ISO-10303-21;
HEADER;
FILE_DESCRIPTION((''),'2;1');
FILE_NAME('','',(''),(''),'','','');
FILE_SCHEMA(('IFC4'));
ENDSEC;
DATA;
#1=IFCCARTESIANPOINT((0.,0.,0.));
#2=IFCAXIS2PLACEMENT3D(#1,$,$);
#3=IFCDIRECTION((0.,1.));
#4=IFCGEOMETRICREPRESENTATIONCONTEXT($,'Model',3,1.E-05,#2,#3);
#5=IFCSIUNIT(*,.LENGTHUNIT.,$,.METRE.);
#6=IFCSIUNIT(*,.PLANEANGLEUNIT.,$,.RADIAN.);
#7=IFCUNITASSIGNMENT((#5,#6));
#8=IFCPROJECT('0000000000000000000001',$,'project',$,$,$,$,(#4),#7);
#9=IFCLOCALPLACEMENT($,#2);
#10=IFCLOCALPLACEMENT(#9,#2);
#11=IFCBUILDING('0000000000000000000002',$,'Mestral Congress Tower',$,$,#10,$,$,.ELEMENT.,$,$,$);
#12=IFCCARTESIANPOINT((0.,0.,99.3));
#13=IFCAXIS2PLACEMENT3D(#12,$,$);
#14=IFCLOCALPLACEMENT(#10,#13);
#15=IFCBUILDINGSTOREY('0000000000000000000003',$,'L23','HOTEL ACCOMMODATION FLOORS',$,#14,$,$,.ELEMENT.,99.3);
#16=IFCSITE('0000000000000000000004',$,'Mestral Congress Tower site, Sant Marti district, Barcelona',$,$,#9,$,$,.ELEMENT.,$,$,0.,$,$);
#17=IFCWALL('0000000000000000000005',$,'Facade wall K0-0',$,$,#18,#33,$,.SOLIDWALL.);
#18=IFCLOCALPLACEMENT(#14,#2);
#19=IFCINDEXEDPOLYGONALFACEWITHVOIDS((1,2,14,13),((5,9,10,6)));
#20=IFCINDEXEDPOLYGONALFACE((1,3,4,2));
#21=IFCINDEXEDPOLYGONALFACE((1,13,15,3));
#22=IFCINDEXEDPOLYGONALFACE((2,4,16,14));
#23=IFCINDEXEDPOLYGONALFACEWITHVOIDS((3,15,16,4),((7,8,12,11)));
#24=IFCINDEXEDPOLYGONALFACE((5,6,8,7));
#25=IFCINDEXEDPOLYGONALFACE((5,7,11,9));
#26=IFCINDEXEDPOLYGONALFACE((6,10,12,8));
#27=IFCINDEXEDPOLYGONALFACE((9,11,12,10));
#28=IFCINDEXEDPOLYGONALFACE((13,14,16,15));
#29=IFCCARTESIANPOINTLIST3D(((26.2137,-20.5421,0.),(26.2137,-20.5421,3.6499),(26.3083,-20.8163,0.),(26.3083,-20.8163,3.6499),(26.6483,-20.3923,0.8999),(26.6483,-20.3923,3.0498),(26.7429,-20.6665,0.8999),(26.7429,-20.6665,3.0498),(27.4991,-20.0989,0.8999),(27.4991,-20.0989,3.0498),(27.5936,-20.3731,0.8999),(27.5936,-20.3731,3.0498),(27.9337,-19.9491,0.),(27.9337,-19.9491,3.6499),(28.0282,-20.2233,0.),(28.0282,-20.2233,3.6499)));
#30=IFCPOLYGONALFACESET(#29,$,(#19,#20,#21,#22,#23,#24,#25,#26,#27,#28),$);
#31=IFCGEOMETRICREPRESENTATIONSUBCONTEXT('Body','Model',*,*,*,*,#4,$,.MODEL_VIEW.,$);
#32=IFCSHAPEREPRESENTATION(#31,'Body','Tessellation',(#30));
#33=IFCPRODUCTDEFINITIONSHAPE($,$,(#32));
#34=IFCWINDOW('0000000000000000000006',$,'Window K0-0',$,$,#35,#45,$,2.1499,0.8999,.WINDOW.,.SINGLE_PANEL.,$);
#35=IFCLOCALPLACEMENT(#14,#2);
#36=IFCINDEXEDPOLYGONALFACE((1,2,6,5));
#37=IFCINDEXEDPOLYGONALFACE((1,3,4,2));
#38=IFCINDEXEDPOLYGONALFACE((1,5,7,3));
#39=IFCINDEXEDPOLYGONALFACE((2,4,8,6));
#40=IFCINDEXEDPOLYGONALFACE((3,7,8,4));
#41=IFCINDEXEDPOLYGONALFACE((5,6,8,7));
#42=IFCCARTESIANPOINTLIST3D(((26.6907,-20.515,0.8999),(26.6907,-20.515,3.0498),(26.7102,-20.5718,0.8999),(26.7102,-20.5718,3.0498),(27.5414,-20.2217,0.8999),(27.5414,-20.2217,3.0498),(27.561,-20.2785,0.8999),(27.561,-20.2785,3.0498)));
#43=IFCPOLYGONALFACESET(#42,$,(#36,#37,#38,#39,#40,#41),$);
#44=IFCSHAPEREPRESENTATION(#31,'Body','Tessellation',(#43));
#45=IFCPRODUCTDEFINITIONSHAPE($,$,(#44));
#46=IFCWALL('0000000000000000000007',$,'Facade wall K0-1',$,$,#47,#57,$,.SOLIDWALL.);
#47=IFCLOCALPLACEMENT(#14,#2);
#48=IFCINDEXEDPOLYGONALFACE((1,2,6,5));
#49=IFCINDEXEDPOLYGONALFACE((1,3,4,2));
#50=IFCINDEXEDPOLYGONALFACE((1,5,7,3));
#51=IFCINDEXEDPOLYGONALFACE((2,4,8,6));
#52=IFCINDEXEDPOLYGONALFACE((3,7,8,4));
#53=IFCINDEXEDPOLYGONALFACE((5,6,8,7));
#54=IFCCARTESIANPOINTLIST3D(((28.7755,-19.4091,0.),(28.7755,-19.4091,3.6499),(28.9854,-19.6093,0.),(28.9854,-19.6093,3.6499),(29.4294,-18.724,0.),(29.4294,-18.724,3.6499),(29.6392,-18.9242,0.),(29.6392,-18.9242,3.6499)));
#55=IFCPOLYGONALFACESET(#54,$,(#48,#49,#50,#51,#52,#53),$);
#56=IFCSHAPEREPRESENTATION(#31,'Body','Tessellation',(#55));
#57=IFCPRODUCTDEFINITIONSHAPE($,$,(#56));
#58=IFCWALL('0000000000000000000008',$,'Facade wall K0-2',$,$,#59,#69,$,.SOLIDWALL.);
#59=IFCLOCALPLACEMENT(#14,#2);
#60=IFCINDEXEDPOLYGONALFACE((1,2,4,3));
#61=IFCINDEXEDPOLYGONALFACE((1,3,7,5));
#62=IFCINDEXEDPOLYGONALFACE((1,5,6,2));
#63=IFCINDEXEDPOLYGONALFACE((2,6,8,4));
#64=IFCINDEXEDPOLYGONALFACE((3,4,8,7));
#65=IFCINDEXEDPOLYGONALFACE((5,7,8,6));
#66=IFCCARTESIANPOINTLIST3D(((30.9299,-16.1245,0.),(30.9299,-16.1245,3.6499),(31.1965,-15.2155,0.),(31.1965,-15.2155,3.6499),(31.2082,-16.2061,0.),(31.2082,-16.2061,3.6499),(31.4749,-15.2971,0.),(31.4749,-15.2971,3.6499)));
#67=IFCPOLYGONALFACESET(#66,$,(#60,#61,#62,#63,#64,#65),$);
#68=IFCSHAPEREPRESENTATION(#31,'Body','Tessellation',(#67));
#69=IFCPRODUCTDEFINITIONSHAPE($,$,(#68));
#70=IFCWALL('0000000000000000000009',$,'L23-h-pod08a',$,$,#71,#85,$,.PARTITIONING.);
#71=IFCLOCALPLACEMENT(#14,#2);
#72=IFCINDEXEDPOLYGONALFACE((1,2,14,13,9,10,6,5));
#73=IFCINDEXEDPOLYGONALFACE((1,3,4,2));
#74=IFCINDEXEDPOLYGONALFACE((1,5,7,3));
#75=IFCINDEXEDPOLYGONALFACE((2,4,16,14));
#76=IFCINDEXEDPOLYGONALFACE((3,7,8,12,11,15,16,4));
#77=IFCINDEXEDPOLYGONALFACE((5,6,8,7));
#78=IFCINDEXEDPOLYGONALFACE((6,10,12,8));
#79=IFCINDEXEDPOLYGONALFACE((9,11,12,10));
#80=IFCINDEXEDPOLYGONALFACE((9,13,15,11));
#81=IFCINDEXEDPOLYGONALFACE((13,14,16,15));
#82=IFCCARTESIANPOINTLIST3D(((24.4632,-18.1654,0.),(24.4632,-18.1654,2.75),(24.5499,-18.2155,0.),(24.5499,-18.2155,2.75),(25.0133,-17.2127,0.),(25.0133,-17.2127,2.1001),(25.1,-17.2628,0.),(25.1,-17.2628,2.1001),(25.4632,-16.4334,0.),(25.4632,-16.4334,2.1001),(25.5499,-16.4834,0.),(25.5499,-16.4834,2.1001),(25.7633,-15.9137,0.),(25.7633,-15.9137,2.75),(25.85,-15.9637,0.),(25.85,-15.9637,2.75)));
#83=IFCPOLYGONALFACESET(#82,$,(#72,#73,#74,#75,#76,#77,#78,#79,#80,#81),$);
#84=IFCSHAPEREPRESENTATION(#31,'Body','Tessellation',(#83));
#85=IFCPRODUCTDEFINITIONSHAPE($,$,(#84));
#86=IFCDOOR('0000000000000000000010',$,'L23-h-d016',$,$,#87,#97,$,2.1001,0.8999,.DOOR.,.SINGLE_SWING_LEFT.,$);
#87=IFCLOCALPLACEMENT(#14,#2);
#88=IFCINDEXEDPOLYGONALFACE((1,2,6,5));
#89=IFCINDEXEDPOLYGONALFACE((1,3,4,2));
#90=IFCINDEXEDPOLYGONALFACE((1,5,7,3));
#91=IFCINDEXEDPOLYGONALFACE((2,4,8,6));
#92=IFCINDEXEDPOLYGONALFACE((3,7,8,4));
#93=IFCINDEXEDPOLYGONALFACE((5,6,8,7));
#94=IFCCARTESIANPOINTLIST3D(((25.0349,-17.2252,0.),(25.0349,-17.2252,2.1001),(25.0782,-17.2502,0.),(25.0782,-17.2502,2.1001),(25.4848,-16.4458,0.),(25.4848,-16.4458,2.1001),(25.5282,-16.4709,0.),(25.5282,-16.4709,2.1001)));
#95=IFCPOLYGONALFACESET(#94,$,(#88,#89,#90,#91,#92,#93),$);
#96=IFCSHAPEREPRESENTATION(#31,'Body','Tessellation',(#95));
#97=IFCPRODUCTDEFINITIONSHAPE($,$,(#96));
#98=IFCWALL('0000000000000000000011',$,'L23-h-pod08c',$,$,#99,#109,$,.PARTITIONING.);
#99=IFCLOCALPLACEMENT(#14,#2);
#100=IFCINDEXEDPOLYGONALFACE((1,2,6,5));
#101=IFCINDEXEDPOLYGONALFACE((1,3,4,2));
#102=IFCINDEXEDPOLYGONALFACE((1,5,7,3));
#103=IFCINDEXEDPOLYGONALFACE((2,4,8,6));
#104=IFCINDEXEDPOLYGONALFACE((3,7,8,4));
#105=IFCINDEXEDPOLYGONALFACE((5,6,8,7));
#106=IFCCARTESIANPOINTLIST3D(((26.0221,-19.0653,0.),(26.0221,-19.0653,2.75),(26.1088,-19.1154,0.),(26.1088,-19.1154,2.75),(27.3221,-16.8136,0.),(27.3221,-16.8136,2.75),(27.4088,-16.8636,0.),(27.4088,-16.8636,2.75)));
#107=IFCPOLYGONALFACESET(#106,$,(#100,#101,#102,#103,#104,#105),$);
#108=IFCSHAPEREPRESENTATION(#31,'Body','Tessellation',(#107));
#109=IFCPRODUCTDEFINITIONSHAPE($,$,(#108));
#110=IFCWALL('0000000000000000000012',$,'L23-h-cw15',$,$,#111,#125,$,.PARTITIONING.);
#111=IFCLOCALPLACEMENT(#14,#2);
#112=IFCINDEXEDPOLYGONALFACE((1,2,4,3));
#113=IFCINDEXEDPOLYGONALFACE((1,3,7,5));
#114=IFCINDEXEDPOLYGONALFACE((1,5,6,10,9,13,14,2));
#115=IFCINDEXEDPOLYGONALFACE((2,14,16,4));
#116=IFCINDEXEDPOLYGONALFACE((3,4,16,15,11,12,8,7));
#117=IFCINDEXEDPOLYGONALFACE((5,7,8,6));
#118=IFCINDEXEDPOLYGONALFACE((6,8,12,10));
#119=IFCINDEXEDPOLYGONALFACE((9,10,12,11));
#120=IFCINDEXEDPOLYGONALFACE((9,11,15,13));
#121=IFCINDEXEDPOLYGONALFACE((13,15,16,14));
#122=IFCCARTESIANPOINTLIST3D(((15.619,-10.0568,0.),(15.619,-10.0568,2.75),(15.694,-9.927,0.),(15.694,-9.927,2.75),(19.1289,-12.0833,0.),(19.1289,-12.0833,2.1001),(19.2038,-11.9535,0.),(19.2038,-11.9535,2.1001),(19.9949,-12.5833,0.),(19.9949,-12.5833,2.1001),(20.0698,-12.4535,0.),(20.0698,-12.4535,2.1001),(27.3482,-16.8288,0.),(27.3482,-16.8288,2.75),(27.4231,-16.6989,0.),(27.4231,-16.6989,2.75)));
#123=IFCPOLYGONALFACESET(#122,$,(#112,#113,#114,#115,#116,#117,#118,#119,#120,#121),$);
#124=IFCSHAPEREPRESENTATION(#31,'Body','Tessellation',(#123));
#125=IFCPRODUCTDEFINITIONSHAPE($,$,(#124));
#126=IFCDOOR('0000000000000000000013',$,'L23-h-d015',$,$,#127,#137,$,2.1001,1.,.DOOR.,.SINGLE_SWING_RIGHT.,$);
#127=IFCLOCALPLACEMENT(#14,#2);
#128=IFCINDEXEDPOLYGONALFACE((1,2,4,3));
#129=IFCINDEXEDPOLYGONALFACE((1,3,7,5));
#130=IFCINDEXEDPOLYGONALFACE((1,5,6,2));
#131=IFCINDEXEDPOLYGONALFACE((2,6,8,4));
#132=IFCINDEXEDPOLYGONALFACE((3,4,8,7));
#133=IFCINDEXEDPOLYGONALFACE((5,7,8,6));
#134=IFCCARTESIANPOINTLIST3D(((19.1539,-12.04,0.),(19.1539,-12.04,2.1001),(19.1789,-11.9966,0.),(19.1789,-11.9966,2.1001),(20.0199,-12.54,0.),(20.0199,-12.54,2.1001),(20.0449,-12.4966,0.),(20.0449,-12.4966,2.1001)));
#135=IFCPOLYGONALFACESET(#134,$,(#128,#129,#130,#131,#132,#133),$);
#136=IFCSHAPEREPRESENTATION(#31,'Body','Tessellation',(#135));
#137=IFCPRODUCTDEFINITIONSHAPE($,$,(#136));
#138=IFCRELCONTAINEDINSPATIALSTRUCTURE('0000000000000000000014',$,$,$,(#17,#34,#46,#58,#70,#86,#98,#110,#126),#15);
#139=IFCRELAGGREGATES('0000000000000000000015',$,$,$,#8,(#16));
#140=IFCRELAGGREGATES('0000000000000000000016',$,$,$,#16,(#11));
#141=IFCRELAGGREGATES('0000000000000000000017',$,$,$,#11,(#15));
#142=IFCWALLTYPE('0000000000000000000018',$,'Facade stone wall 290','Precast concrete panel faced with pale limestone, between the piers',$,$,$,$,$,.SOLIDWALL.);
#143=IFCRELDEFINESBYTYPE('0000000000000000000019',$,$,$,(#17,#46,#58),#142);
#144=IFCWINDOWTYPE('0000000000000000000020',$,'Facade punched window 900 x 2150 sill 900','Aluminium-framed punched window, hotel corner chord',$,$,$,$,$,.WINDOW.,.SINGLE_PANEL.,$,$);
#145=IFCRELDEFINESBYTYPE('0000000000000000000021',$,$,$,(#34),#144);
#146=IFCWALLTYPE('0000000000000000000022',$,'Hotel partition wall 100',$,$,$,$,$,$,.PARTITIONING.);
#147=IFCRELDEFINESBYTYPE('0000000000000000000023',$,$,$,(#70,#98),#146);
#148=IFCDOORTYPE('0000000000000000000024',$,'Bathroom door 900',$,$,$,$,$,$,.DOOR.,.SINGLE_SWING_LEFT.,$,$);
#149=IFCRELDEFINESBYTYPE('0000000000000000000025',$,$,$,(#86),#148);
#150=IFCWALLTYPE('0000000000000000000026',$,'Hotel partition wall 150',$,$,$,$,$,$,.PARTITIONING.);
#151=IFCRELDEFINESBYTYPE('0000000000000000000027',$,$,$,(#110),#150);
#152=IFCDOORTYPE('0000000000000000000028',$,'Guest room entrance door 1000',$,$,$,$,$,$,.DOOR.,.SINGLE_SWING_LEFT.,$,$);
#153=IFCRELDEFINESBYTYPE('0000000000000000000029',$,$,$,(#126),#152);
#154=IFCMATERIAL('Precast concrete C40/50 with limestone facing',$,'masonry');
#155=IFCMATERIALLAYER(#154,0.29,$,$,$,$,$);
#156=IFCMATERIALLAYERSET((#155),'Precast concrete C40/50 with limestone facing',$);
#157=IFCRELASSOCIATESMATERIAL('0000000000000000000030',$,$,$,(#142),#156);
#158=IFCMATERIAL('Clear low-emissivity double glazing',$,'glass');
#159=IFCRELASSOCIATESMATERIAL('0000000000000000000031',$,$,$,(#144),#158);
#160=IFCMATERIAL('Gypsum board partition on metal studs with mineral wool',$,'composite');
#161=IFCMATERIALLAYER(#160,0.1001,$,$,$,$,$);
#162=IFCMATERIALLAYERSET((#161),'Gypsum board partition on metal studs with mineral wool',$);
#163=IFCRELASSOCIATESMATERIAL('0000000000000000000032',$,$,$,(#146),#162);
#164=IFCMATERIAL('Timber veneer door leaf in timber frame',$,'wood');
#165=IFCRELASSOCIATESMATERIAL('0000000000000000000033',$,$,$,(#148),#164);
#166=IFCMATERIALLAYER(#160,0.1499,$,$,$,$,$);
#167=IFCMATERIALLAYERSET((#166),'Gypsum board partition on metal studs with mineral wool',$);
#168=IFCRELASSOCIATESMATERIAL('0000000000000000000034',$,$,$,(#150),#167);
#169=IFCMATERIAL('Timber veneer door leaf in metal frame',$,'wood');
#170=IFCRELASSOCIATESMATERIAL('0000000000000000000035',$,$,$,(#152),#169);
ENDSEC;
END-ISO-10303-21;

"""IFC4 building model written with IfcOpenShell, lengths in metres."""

from ifc_helpers import new_model, si_unit, direction, frame, frame_2d, origin, place, context, subcontext, project, spatial, rectangle, extrude, material, layer, layer_set, type_object, element, fill, save


model = new_model("IFC4")

# Units and contexts
model_context = context("Model", 3, precision=1e-05, world=origin(), true_north=direction((0.0, 1.0)))
body_context = subcontext(model_context, "Body", "Model", "MODEL_VIEW")
ifc_project = project(units=[si_unit("LENGTHUNIT", "METRE"), si_unit("PLANEANGLEUNIT", "RADIAN")], contexts=[model_context])

# Site, building, storey
site_placement = place(None, origin())
site = spatial("IfcSite", under=ifc_project, at=site_placement, Name="Mestral Congress Tower site, Sant Marti district, Barcelona", CompositionType="ELEMENT", RefElevation=0.0)
building_placement = place(site_placement, origin())
building = spatial("IfcBuilding", under=site, at=building_placement, Name="Mestral Congress Tower", CompositionType="ELEMENT")
storey_placement = place(building_placement, frame((0.0, 0.0, 99.3)))
storey = spatial("IfcBuildingStorey", under=building, at=storey_placement, Name="L23", Description="HOTEL ACCOMMODATION FLOORS", CompositionType="ELEMENT", Elevation=99.3)

# Wall, opening, window
ifc_material_1 = material(Name="Precast concrete C40/50 with limestone facing", Category="masonry")
ifc_layer_1 = layer(ifc_material_1, 0.29)
ifc_layer_set_1 = layer_set([ifc_layer_1], Name="Precast concrete C40/50 with limestone facing")
wall_type_1 = type_object("IfcWallType", Name="Facade stone wall 290", Description="Precast concrete panel faced with pale limestone, between the piers", PredefinedType="SOLIDWALL", material=ifc_layer_set_1)
wall_1_placement = place(storey_placement, frame((26.261, -20.6792, 0.0), z_axis=(0.0, 0.0, 1.0), x_axis=(0.945386, 0.325953, 0.0)))
wall_1 = element("IfcWall", 1, at=wall_1_placement, inside=storey, type_object=wall_type_1, Name="Facade wall K0-0", PredefinedType="SOLIDWALL", context=body_context, shape_type="SweptSolid", body=[
    extrude(rectangle(XDim=1.8193, YDim=0.29, at=frame_2d((0.9097, 0.0))), origin(), (0.0, 0.0, 1.0), 3.6499),
])
opening_1_placement = place(wall_1_placement, frame((0.4597, 0.0, 0.8999)))
opening_1 = element("IfcOpeningElement", 2, at=opening_1_placement, cuts=wall_1, PredefinedType="OPENING", context=body_context, shape_type="SweptSolid", body=[
    extrude(rectangle(XDim=0.8999, YDim=2.1499, at=frame_2d((0.45, 1.075))), frame((0.0, 0.155, 0.0), z_axis=(0.0, -1.0, 0.0), x_axis=(1.0, 0.0, 0.0)), (0.0, 0.0, 1.0), 0.3101),
])
ifc_material_2 = material(Name="Clear low-emissivity double glazing", Category="glass")
window_type = type_object("IfcWindowType", Name="Facade punched window 900 x 2150 sill 900", Description="Aluminium-framed punched window, hotel corner chord", PartitioningType="SINGLE_PANEL", PredefinedType="WINDOW", material=ifc_material_2)
window_placement = place(opening_1_placement, origin())
window = element("IfcWindow", 3, at=window_placement, inside=storey, type_object=window_type, Name="Window K0-0", OverallHeight=2.1499, OverallWidth=0.8999, PartitioningType="SINGLE_PANEL", PredefinedType="WINDOW", context=body_context, shape_type="SweptSolid", body=[
    extrude(rectangle(XDim=0.8999, YDim=2.1499, at=frame_2d((0.45, 1.075))), frame((0.0, 0.0151, 0.0), z_axis=(0.0, -1.0, 0.0), x_axis=(1.0, 0.0, 0.0)), (0.0, 0.0, 1.0), 0.0601),
])
fill(opening_1, window)

# Walls
wall_2_placement = place(storey_placement, frame((28.8804, -19.5093, 0.0), z_axis=(0.0, 0.0, 1.0), x_axis=(0.690414, 0.723414, 0.0)))
element("IfcWall", 4, at=wall_2_placement, inside=storey, type_object=wall_type_1, Name="Facade wall K0-1", PredefinedType="SOLIDWALL", context=body_context, shape_type="SweptSolid", body=[
    extrude(rectangle(XDim=0.947, YDim=0.29, at=frame_2d((0.4736, 0.0))), origin(), (0.0, 0.0, 1.0), 3.6499),
])
wall_3_placement = place(storey_placement, frame((31.0691, -16.1653, 0.0), z_axis=(0.0, 0.0, 1.0), x_axis=(0.281455, 0.959575, 0.0)))
element("IfcWall", 5, at=wall_3_placement, inside=storey, type_object=wall_type_1, Name="Facade wall K0-2", PredefinedType="SOLIDWALL", context=body_context, shape_type="SweptSolid", body=[
    extrude(rectangle(XDim=0.9473, YDim=0.29, at=frame_2d((0.4736, 0.0))), origin(), (0.0, 0.0, 1.0), 3.6499),
])

# Wall, opening, door
ifc_material_3 = material(Name="Gypsum board partition on metal studs with mineral wool", Category="composite")
ifc_layer_2 = layer(ifc_material_3, 0.1001)
ifc_layer_set_2 = layer_set([ifc_layer_2], Name="Gypsum board partition on metal studs with mineral wool")
wall_type_2 = type_object("IfcWallType", Name="Hotel partition wall 100", PredefinedType="PARTITIONING", material=ifc_layer_set_2)
wall_4_placement = place(storey_placement, frame((25.8066, -15.9387, 0.0), z_axis=(0.0, 0.0, 1.0), x_axis=(-0.500007, -0.866021, 0.0)))
wall_4 = element("IfcWall", 6, at=wall_4_placement, inside=storey, type_object=wall_type_2, Name="L23-h-pod08a", PredefinedType="PARTITIONING", context=body_context, shape_type="SweptSolid", body=[
    extrude(rectangle(XDim=2.6001, YDim=0.1001, at=frame_2d((1.3, 0.0))), origin(), (0.0, 0.0, 1.0), 2.75),
])
opening_2_placement = place(wall_4_placement, frame((0.6001, 0.0, 0.0)))
opening_2 = element("IfcOpeningElement", 7, at=opening_2_placement, cuts=wall_4, PredefinedType="OPENING", context=body_context, shape_type="SweptSolid", body=[
    extrude(rectangle(XDim=0.8999, YDim=2.1001, at=frame_2d((0.45, 1.05))), frame((0.0, 0.0601, 0.0), z_axis=(0.0, -1.0, 0.0), x_axis=(1.0, 0.0, 0.0)), (0.0, 0.0, 1.0), 0.1201),
])
ifc_material_4 = material(Name="Timber veneer door leaf in timber frame", Category="wood")
door_type_1 = type_object("IfcDoorType", Name="Bathroom door 900", OperationType="SINGLE_SWING_LEFT", PredefinedType="DOOR", material=ifc_material_4)
door_1_placement = place(opening_2_placement, origin())
door_1 = element("IfcDoor", 8, at=door_1_placement, inside=storey, type_object=door_type_1, Name="L23-h-d016", OperationType="SINGLE_SWING_LEFT", OverallHeight=2.1001, OverallWidth=0.8999, PredefinedType="DOOR", context=body_context, shape_type="SweptSolid", body=[
    extrude(rectangle(XDim=0.8999, YDim=2.1001, at=frame_2d((0.45, 1.05))), frame((0.0, 0.0249, 0.0), z_axis=(0.0, -1.0, 0.0), x_axis=(1.0, 0.0, 0.0)), (0.0, 0.0, 1.0), 0.05),
])
fill(opening_2, door_1)

# Wall
wall_5_placement = place(storey_placement, frame((27.3655, -16.8386, 0.0), z_axis=(0.0, 0.0, 1.0), x_axis=(-0.500007, -0.866021, 0.0)))
element("IfcWall", 9, at=wall_5_placement, inside=storey, type_object=wall_type_2, Name="L23-h-pod08c", PredefinedType="PARTITIONING", context=body_context, shape_type="SweptSolid", body=[
    extrude(rectangle(XDim=2.6001, YDim=0.1001, at=frame_2d((1.3, 0.0))), origin(), (0.0, 0.0, 1.0), 2.75),
])

# Wall, opening, door
ifc_layer_3 = layer(ifc_material_3, 0.1499)
ifc_layer_set_3 = layer_set([ifc_layer_3], Name="Gypsum board partition on metal studs with mineral wool")
wall_type_3 = type_object("IfcWallType", Name="Hotel partition wall 150", PredefinedType="PARTITIONING", material=ifc_layer_set_3)
wall_6_placement = place(storey_placement, frame((27.3857, -16.7639, 0.0), z_axis=(0.0, 0.0, 1.0), x_axis=(-0.866023, 0.500005, 0.0)))
wall_6 = element("IfcWall", 10, at=wall_6_placement, inside=storey, type_object=wall_type_3, Name="L23-h-cw15", PredefinedType="PARTITIONING", context=body_context, shape_type="SweptSolid", body=[
    extrude(rectangle(XDim=13.5437, YDim=0.1499, at=frame_2d((6.772, 0.0))), origin(), (0.0, 0.0, 1.0), 2.75),
])
opening_3_placement = place(wall_6_placement, frame((8.491, 0.0, 0.0)))
opening_3 = element("IfcOpeningElement", 11, at=opening_3_placement, cuts=wall_6, PredefinedType="OPENING", context=body_context, shape_type="SweptSolid", body=[
    extrude(rectangle(XDim=1.0, YDim=2.1001, at=frame_2d((0.5, 1.05))), frame((0.0, 0.085, 0.0), z_axis=(0.0, -1.0, 0.0), x_axis=(1.0, 0.0, 0.0)), (0.0, 0.0, 1.0), 0.1699),
])
ifc_material_5 = material(Name="Timber veneer door leaf in metal frame", Category="wood")
door_type_2 = type_object("IfcDoorType", Name="Guest room entrance door 1000", OperationType="SINGLE_SWING_LEFT", PredefinedType="DOOR", material=ifc_material_5)
door_2_placement = place(opening_3_placement, origin())
door_2 = element("IfcDoor", 12, at=door_2_placement, inside=storey, type_object=door_type_2, Name="L23-h-d015", OperationType="SINGLE_SWING_RIGHT", OverallHeight=2.1001, OverallWidth=1.0, PredefinedType="DOOR", context=body_context, shape_type="SweptSolid", body=[
    extrude(rectangle(XDim=1.0, YDim=2.1001, at=frame_2d((0.5, 1.05))), frame((0.0, 0.0249, 0.0), z_axis=(0.0, -1.0, 0.0), x_axis=(1.0, 0.0, 0.0)), (0.0, 0.0, 1.0), 0.05),
])
fill(opening_3, door_2)

save(model, "model.ifc")
